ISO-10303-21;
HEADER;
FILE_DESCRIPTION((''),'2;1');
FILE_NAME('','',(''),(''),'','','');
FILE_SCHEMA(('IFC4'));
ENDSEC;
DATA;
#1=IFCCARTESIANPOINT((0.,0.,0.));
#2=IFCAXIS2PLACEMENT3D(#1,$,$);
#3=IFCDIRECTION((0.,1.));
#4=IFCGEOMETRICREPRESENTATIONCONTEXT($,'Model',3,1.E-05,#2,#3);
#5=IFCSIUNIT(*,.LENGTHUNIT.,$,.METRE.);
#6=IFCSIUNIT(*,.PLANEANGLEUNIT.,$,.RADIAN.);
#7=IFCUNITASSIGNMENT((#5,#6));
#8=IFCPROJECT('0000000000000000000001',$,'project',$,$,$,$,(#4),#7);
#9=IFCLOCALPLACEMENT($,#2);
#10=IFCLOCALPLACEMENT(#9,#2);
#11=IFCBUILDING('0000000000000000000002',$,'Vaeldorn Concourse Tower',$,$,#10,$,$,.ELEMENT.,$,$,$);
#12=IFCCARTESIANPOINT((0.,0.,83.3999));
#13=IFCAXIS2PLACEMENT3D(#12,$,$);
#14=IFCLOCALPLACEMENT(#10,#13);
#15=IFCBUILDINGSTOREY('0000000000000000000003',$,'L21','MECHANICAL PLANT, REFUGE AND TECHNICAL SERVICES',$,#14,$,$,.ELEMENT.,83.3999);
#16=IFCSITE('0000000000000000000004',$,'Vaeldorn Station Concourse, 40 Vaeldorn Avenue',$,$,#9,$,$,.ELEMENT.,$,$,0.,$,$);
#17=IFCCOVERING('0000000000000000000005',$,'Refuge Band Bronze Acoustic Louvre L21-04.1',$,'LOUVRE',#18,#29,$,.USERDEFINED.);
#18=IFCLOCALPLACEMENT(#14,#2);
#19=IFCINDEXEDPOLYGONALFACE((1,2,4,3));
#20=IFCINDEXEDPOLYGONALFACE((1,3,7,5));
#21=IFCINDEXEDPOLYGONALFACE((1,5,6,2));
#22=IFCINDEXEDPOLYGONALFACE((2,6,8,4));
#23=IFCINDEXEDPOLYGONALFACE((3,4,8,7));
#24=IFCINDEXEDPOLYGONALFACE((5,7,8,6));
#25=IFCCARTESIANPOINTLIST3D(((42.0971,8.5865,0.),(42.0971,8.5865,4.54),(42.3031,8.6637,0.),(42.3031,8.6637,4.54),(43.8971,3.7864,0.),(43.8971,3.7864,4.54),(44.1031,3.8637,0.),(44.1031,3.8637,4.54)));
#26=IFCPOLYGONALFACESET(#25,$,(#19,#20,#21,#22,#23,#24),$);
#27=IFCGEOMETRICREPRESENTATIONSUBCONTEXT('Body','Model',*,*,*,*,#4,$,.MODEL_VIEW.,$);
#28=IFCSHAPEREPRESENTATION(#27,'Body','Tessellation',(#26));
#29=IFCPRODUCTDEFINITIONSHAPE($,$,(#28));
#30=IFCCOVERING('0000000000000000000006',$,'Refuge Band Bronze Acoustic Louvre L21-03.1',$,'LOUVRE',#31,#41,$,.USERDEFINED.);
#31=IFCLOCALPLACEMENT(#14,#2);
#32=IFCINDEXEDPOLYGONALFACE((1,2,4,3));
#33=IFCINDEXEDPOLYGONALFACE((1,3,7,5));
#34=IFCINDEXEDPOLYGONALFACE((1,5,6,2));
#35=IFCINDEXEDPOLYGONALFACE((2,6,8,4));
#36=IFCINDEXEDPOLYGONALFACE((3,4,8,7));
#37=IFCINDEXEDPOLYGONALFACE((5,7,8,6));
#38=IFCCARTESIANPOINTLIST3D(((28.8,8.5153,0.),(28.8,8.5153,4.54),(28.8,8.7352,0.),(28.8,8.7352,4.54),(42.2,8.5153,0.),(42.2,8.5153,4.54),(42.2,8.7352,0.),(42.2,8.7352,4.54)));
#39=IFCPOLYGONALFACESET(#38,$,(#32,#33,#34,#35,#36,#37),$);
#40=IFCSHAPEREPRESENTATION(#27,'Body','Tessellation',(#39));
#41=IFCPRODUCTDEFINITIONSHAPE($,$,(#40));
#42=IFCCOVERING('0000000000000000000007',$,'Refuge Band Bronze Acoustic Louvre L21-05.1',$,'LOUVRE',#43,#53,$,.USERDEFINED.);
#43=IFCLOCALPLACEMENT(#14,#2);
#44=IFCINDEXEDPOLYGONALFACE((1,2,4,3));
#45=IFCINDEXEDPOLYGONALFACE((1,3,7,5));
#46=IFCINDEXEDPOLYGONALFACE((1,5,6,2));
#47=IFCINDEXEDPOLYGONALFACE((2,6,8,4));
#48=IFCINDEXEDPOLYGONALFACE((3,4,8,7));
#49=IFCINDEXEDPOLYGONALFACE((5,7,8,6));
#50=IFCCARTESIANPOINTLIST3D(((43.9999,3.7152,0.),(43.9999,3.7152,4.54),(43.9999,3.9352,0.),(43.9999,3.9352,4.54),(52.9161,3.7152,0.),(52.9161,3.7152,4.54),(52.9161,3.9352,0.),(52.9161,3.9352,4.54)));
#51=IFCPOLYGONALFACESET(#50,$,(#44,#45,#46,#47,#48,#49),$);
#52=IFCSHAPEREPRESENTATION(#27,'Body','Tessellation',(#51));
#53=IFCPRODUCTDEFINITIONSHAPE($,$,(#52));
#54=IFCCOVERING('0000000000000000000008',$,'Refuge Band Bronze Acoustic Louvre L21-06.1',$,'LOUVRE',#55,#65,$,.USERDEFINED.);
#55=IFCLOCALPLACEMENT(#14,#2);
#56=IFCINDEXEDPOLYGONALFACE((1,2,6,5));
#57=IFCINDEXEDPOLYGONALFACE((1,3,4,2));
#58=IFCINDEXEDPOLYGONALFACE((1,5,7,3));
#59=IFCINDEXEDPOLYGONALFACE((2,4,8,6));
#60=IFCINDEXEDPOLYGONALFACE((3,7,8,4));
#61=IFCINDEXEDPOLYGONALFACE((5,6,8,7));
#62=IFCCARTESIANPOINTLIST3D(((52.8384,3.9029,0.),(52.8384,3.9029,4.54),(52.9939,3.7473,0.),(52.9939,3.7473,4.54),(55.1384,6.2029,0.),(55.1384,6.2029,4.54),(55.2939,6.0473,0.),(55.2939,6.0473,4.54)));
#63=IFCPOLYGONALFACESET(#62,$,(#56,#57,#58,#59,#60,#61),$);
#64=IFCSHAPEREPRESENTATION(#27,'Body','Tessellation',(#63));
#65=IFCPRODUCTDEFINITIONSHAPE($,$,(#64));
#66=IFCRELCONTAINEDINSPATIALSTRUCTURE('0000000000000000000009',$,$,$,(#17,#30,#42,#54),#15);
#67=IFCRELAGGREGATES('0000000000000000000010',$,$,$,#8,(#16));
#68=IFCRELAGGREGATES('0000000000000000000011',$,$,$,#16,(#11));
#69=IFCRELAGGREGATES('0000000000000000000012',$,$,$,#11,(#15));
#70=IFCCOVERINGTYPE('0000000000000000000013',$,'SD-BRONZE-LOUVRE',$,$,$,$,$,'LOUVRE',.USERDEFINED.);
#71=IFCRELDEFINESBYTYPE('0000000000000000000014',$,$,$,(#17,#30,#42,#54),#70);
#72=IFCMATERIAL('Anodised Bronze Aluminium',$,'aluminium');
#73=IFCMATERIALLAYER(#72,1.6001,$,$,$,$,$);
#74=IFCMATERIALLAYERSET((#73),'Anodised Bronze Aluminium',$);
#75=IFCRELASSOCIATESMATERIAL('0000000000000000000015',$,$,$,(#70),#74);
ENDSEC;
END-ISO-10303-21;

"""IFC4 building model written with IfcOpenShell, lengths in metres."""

from ifc_helpers import new_model, si_unit, direction, frame, origin, origin_2d, place, context, subcontext, project, spatial, rectangle, extrude, source, transform, mapped, material, layer, layer_set, type_object, element, save


model = new_model("IFC4")

# Units and contexts
model_context = context("Model", 3, precision=1e-05, world=origin(), true_north=direction((0.0, 1.0)))
body_context = subcontext(model_context, "Body", "Model", "MODEL_VIEW")
ifc_project = project(units=[si_unit("LENGTHUNIT", "METRE"), si_unit("PLANEANGLEUNIT", "RADIAN")], contexts=[model_context])

# Site, building, storey
site_placement = place(None, origin())
site = spatial("IfcSite", under=ifc_project, at=site_placement, Name="Vaeldorn Station Concourse, 40 Vaeldorn Avenue", CompositionType="ELEMENT", RefElevation=0.0)
building_placement = place(site_placement, origin())
building = spatial("IfcBuilding", under=site, at=building_placement, Name="Vaeldorn Concourse Tower", CompositionType="ELEMENT")
storey_placement = place(building_placement, frame((0.0, 0.0, 83.3999)))
storey = spatial("IfcBuildingStorey", under=building, at=storey_placement, Name="L21", Description="MECHANICAL PLANT, REFUGE AND TECHNICAL SERVICES", CompositionType="ELEMENT", Elevation=83.3999)

# Shared definitions
ifc_material_1 = material(Name="Anodised Bronze Aluminium", Category="aluminium")

# Coverings
ifc_layer_1 = layer(ifc_material_1, 1.6001)
ifc_layer_set_1 = layer_set([ifc_layer_1], Name="Anodised Bronze Aluminium")
covering_type = type_object("IfcCoveringType", Name="SD-BRONZE-LOUVRE", ElementType="LOUVRE", PredefinedType="USERDEFINED", material=ifc_layer_set_1)
shared_shape_1 = source(origin(), body_context, "Body", "SweptSolid", [
    extrude(rectangle(XDim=5.1265, YDim=0.22, at=origin_2d()), origin(), (0.0, 0.0, 1.0), 4.54),
])
covering_1_placement = place(storey_placement, frame((43.1001, 6.2251, 0.0), z_axis=(0.0, 0.0, 1.0), x_axis=(0.351123, -0.936329, 0.0)))
element("IfcCovering", 1, at=covering_1_placement, inside=storey, type_object=covering_type, Name="Refuge Band Bronze Acoustic Louvre L21-04.1", ObjectType="LOUVRE", PredefinedType="USERDEFINED", context=body_context, shape_type="MappedRepresentation", body=[
    mapped(shared_shape_1, transform((0.0, 0.0, 0.0), scale=1.0)),
])
shared_shape_2 = source(origin(), body_context, "Body", "SweptSolid", [
    extrude(rectangle(XDim=13.3999, YDim=0.22, at=origin_2d()), origin(), (0.0, 0.0, 1.0), 4.54),
])
covering_2_placement = place(storey_placement, frame((35.5, 8.6252, 0.0), z_axis=(0.0, 0.0, 1.0), x_axis=(1.0, 0.0, 0.0)))
element("IfcCovering", 2, at=covering_2_placement, inside=storey, type_object=covering_type, Name="Refuge Band Bronze Acoustic Louvre L21-03.1", ObjectType="LOUVRE", PredefinedType="USERDEFINED", context=body_context, shape_type="MappedRepresentation", body=[
    mapped(shared_shape_2, transform((0.0, 0.0, 0.0), scale=1.0)),
])
shared_shape_3 = source(origin(), body_context, "Body", "SweptSolid", [
    extrude(rectangle(XDim=8.9163, YDim=0.22, at=origin_2d()), origin(), (0.0, 0.0, 1.0), 4.54),
])
covering_3_placement = place(storey_placement, frame((48.458, 3.8252, 0.0), z_axis=(0.0, 0.0, 1.0), x_axis=(1.0, 0.0, 0.0)))
element("IfcCovering", 3, at=covering_3_placement, inside=storey, type_object=covering_type, Name="Refuge Band Bronze Acoustic Louvre L21-05.1", ObjectType="LOUVRE", PredefinedType="USERDEFINED", context=body_context, shape_type="MappedRepresentation", body=[
    mapped(shared_shape_3, transform((0.0, 0.0, 0.0), scale=1.0)),
])
shared_shape_4 = source(origin(), body_context, "Body", "SweptSolid", [
    extrude(rectangle(XDim=3.2527, YDim=0.22, at=origin_2d()), origin(), (0.0, 0.0, 1.0), 4.54),
])
covering_4_placement = place(storey_placement, frame((54.0662, 4.9751, 0.0), z_axis=(0.0, 0.0, 1.0), x_axis=(0.707107, 0.707107, 0.0)))
element("IfcCovering", 4, at=covering_4_placement, inside=storey, type_object=covering_type, Name="Refuge Band Bronze Acoustic Louvre L21-06.1", ObjectType="LOUVRE", PredefinedType="USERDEFINED", context=body_context, shape_type="MappedRepresentation", body=[
    mapped(shared_shape_4, transform((0.0, 0.0, 0.0), scale=1.0)),
])

save(model, "model.ifc")
